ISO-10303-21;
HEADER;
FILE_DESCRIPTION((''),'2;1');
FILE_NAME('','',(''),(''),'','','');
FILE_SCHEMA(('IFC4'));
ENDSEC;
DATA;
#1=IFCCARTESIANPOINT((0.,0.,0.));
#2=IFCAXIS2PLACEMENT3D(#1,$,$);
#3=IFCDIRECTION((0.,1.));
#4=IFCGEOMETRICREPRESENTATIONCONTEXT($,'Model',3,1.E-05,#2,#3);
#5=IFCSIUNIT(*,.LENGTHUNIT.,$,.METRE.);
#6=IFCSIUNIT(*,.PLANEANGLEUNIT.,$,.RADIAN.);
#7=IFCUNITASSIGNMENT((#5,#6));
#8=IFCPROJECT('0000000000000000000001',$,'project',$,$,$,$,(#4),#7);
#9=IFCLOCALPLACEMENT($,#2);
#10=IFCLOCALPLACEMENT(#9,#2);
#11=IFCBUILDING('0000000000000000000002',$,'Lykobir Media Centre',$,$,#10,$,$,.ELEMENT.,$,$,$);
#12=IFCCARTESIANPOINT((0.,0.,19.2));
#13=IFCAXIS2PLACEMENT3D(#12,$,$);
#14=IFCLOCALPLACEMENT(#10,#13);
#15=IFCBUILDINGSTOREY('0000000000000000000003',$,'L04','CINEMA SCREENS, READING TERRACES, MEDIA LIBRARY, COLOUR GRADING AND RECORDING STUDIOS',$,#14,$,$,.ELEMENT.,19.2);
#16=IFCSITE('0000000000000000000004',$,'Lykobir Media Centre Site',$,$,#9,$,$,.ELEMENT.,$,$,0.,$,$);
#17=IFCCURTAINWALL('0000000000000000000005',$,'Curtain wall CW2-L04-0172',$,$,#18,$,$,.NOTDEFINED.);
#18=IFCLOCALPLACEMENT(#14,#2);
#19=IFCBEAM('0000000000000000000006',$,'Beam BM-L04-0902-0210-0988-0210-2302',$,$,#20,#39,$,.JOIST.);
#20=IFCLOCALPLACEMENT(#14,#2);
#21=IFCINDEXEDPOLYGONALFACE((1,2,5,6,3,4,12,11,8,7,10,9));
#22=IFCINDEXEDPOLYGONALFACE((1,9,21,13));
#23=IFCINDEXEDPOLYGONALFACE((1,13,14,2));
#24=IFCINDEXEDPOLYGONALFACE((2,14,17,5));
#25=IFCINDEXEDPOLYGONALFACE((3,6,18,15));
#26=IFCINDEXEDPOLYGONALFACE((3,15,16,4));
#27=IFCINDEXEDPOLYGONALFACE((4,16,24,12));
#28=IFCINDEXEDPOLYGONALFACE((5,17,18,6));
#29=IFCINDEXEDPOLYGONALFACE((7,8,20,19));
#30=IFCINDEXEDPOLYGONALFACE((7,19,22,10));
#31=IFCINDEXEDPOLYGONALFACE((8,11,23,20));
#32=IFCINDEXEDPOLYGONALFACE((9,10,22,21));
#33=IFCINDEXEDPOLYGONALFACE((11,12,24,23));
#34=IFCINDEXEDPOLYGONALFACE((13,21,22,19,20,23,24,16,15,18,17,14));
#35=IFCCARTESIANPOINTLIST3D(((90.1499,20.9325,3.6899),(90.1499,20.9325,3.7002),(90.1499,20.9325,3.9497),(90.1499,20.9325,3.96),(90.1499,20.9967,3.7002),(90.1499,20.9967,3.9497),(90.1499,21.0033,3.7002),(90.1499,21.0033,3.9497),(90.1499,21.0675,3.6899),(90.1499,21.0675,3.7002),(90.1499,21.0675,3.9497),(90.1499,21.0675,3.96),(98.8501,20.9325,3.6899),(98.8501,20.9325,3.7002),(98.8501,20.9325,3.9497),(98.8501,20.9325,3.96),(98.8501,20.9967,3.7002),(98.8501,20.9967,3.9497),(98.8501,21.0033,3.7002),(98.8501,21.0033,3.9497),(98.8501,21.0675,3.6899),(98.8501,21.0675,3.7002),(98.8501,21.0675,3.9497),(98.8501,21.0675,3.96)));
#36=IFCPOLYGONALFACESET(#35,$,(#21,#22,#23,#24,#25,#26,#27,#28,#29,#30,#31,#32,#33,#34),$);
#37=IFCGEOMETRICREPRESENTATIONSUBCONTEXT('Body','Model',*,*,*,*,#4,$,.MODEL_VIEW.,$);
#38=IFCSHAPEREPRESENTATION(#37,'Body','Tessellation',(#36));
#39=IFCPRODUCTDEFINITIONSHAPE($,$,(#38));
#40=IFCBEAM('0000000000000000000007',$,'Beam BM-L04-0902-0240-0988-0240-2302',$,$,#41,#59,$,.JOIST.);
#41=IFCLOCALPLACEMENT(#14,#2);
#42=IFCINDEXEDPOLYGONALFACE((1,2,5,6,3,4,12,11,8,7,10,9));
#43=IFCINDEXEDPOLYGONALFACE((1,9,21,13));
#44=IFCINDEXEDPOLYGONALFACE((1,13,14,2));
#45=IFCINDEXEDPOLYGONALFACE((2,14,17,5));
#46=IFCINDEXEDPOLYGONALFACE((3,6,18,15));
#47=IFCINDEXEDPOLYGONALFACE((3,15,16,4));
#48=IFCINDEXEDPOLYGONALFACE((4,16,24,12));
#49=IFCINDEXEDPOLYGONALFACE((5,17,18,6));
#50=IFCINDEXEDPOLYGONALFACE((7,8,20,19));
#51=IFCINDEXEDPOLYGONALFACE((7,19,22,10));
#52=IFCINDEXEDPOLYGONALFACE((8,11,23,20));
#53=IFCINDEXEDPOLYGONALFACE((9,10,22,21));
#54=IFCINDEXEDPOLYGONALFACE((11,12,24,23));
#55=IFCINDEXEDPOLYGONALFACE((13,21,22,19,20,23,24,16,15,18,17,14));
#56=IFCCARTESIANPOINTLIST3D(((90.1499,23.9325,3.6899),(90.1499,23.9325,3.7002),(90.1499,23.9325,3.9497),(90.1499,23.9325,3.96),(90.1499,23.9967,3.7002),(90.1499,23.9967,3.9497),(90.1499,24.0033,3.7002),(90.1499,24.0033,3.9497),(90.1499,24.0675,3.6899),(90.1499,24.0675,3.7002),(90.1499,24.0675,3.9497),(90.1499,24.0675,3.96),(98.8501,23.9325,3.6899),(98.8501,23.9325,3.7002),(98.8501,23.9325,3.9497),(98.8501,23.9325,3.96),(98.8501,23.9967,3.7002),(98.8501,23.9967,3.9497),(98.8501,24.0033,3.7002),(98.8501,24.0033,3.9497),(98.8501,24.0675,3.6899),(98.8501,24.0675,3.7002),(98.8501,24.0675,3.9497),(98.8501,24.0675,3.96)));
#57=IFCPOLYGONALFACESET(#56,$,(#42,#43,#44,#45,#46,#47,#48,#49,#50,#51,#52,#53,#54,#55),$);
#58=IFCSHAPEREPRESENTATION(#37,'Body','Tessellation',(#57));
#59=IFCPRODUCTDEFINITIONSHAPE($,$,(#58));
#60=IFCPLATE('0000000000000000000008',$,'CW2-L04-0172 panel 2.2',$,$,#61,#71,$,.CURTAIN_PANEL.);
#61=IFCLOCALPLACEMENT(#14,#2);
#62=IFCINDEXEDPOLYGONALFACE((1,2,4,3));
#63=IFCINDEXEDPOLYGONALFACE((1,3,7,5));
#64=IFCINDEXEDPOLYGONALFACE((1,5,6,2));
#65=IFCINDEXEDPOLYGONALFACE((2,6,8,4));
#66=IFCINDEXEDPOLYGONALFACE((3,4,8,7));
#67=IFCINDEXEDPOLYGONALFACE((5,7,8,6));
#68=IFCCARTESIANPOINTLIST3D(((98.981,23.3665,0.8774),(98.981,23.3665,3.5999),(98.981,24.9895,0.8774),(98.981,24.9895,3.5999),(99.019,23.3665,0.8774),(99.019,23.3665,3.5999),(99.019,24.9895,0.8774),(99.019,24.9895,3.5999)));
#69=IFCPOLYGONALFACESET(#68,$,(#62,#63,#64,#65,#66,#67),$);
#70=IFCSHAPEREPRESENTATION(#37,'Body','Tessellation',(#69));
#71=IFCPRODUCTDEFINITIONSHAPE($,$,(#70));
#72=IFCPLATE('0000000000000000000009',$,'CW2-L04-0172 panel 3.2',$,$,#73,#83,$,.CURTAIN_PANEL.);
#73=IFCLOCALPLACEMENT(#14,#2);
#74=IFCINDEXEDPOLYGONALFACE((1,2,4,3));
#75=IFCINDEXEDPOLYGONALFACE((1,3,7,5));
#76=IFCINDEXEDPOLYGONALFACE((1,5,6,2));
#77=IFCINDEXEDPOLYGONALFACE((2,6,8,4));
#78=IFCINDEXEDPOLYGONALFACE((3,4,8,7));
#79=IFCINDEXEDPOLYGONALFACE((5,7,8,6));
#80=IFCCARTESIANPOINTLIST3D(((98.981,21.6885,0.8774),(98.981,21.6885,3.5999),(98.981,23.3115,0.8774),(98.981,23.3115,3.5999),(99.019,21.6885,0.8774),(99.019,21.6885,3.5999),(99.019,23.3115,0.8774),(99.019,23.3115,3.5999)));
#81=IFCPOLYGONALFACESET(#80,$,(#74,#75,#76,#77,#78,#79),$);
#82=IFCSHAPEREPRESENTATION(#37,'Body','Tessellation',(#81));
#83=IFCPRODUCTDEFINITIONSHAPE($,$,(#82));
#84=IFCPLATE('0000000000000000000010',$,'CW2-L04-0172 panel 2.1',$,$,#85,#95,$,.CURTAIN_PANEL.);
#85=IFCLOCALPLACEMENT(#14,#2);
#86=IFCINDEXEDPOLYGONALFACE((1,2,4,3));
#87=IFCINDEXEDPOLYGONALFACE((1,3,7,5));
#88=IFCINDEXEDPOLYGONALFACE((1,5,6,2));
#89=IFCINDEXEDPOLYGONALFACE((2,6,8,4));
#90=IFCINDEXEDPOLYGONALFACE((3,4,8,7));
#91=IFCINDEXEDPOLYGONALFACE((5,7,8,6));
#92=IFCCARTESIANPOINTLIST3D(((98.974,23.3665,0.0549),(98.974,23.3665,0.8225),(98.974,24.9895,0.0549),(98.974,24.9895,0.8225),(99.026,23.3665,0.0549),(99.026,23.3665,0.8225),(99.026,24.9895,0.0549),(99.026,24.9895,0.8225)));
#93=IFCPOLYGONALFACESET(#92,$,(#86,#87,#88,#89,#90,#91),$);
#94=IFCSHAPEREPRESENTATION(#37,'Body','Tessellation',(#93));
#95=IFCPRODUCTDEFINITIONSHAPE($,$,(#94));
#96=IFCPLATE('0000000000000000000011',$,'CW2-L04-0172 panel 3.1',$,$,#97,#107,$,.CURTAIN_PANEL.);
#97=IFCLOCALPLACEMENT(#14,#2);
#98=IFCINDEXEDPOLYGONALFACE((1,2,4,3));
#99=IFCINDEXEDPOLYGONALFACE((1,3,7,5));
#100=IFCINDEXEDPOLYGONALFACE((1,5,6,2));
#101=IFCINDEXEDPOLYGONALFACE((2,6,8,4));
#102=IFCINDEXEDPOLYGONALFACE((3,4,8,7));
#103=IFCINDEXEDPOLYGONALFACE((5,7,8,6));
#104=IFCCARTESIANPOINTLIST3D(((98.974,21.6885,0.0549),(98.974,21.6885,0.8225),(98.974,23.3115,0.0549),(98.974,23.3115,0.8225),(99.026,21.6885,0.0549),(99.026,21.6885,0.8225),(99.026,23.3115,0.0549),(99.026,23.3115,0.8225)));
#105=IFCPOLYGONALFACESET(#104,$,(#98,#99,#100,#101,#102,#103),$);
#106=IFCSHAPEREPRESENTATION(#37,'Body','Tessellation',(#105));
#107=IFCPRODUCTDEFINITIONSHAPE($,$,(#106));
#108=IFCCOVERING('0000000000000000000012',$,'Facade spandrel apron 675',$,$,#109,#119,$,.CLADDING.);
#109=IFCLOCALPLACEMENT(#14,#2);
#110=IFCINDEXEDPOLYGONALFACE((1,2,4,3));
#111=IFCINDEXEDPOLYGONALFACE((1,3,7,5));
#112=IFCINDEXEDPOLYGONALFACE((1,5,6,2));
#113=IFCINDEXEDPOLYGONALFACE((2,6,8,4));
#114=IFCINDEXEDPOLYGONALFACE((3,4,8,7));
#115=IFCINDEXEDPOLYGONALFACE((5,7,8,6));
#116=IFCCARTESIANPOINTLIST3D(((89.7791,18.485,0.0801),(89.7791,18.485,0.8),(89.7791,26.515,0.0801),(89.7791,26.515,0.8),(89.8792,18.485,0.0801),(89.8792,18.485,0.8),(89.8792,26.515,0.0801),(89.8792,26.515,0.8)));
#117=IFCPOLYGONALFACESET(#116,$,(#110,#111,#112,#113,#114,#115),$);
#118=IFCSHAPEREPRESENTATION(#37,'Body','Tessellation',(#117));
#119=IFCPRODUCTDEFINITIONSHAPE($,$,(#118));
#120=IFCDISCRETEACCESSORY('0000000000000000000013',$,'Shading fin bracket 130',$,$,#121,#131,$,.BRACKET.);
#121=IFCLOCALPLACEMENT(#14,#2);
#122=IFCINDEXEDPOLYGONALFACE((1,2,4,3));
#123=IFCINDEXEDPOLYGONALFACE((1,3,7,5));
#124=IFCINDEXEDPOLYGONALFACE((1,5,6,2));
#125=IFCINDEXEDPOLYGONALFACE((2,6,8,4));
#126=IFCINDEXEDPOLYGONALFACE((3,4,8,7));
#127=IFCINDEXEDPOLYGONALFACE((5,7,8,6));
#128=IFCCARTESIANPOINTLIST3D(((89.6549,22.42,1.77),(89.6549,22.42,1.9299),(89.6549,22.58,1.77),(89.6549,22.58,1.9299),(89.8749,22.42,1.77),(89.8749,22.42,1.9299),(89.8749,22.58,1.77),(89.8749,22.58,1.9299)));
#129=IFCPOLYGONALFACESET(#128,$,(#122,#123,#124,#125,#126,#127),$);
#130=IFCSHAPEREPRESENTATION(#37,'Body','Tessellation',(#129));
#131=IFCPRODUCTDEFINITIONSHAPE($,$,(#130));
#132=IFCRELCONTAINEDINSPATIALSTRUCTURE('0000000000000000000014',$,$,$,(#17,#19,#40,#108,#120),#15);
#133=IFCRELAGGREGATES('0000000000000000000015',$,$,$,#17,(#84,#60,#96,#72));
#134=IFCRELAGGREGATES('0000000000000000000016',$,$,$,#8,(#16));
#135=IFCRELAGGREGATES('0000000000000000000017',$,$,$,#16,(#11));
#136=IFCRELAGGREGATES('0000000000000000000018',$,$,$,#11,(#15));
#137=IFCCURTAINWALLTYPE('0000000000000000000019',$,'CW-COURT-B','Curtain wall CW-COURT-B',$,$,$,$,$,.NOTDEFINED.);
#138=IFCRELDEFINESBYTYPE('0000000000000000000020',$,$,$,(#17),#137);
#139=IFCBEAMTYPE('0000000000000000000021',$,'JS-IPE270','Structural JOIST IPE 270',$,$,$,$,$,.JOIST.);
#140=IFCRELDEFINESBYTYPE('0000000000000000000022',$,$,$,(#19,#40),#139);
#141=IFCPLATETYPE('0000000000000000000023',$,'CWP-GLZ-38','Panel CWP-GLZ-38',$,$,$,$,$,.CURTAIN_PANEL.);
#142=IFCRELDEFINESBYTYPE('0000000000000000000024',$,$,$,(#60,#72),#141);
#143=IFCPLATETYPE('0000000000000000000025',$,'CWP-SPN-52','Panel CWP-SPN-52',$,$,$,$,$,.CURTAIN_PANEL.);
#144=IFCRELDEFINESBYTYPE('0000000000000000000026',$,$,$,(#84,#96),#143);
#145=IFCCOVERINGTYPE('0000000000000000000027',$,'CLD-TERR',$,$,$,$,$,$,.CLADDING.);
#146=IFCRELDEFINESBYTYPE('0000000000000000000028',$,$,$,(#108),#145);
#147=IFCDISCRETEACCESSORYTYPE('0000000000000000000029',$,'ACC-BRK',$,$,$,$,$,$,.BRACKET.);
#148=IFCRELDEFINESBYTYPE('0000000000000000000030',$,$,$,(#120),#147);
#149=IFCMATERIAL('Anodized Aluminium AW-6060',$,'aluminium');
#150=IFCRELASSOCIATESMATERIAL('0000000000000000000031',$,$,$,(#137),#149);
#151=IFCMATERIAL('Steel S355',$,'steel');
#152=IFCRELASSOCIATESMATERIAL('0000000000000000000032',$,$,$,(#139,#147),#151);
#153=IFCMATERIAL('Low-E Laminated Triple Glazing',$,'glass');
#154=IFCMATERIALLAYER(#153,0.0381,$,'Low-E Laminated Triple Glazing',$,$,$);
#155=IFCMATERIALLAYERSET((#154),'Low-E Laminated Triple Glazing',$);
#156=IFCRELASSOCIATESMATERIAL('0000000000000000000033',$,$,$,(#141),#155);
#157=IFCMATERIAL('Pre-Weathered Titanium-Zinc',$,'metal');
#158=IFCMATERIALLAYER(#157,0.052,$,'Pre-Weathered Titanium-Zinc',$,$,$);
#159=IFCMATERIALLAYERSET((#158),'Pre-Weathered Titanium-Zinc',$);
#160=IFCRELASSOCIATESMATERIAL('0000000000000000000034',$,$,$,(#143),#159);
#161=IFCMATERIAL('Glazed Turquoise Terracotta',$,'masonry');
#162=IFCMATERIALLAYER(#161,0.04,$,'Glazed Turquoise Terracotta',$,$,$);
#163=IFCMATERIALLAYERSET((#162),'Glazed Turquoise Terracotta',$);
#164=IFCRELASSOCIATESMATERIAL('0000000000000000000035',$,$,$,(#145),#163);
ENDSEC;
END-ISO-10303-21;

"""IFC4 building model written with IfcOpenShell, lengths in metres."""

from ifc_helpers import new_model, si_unit, direction, frame, origin, origin_2d, place, context, subcontext, project, spatial, rectangle, i_section, extrude, material, layer, layer_set, material_profile, profile_set, type_object, element, aggregate, save


model = new_model("IFC4")

# Units and contexts
model_context = context("Model", 3, precision=1e-05, world=origin(), true_north=direction((0.0, 1.0)))
body_context = subcontext(model_context, "Body", "Model", "MODEL_VIEW")
ifc_project = project(units=[si_unit("LENGTHUNIT", "METRE"), si_unit("PLANEANGLEUNIT", "RADIAN")], contexts=[model_context])

# Site, building, storey
site_placement = place(None, origin())
site = spatial("IfcSite", under=ifc_project, at=site_placement, Name="Lykobir Media Centre Site", CompositionType="ELEMENT", RefElevation=0.0)
building_placement = place(site_placement, origin())
building = spatial("IfcBuilding", under=site, at=building_placement, Name="Lykobir Media Centre", CompositionType="ELEMENT")
storey_placement = place(building_placement, frame((0.0, 0.0, 19.2)))
storey = spatial("IfcBuildingStorey", under=building, at=storey_placement, Name="L04", Description="CINEMA SCREENS, READING TERRACES, MEDIA LIBRARY, COLOUR GRADING AND RECORDING STUDIOS", CompositionType="ELEMENT", Elevation=19.2)

# Curtain wall
ifc_material_1 = material(Name="Anodized Aluminium AW-6060", Category="aluminium")
curtain_wall_type = type_object("IfcCurtainWallType", Name="CW-COURT-B", Description="Curtain wall CW-COURT-B", PredefinedType="NOTDEFINED", material=ifc_material_1)
curtain_wall_placement = place(storey_placement, origin())
curtain_wall = element("IfcCurtainWall", 1, at=curtain_wall_placement, inside=storey, type_object=curtain_wall_type, Name="Curtain wall CW2-L04-0172", PredefinedType="NOTDEFINED")

# Beams
ifc_material_2 = material(Name="Steel S355", Category="steel")
ifc_material_profile_1 = material_profile(ifc_material_2, i_section(OverallWidth=0.135, OverallDepth=0.27, WebThickness=0.0066, FlangeThickness=0.0103, at=origin_2d()), Name="IPE 270")
ifc_profile_set_1 = profile_set([ifc_material_profile_1], Name="Steel S355")
beam_type = type_object("IfcBeamType", Name="JS-IPE270", Description="Structural JOIST IPE 270", PredefinedType="JOIST", material=ifc_profile_set_1)
for number, where, z_axis, x_axis, name in (
    (2, (90.1499, 21.0, 3.825), (1.0, 0.0, 0.0), (0.0, 1.0, 0.0), "Beam BM-L04-0902-0210-0988-0210-2302"),
    (3, (90.1499, 24.0, 3.825), (1.0, 0.0, 0.0), (0.0, 1.0, 0.0), "Beam BM-L04-0902-0240-0988-0240-2302"),
):
    element("IfcBeam", number, at=place(storey_placement, frame(where, z_axis=z_axis, x_axis=x_axis)), inside=storey, type_object=beam_type, Name=name, PredefinedType="JOIST", context=body_context, shape_type="SweptSolid", body=[
        extrude(i_section(OverallWidth=0.135, OverallDepth=0.27, WebThickness=0.0066, FlangeThickness=0.0103, at=origin_2d()), origin(), (0.0, 0.0, 1.0), 8.7002),
    ])

# Plates
ifc_material_3 = material(Name="Low-E Laminated Triple Glazing", Category="glass")
ifc_layer_1 = layer(ifc_material_3, 0.0381, Name="Low-E Laminated Triple Glazing")
ifc_layer_set_1 = layer_set([ifc_layer_1], Name="Low-E Laminated Triple Glazing")
plate_type_1 = type_object("IfcPlateType", Name="CWP-GLZ-38", Description="Panel CWP-GLZ-38", PredefinedType="CURTAIN_PANEL", material=ifc_layer_set_1)
plate_1_placement = place(storey_placement, frame((99.0, 24.178, 0.8774), z_axis=(0.0, 0.0, 1.0), x_axis=(0.0, -1.0, 0.0)))
plate_1 = element("IfcPlate", 4, at=plate_1_placement, type_object=plate_type_1, Name="CW2-L04-0172 panel 2.2", PredefinedType="CURTAIN_PANEL", context=body_context, shape_type="SweptSolid", body=[
    extrude(rectangle(XDim=1.623, YDim=0.0381, at=origin_2d()), origin(), (0.0, 0.0, 1.0), 2.7224),
])
plate_2_placement = place(storey_placement, frame((99.0, 22.5, 0.8774), z_axis=(0.0, 0.0, 1.0), x_axis=(0.0, -1.0, 0.0)))
plate_2 = element("IfcPlate", 5, at=plate_2_placement, type_object=plate_type_1, Name="CW2-L04-0172 panel 3.2", PredefinedType="CURTAIN_PANEL", context=body_context, shape_type="SweptSolid", body=[
    extrude(rectangle(XDim=1.623, YDim=0.0381, at=origin_2d()), origin(), (0.0, 0.0, 1.0), 2.7224),
])
ifc_material_4 = material(Name="Pre-Weathered Titanium-Zinc", Category="metal")
ifc_layer_2 = layer(ifc_material_4, 0.052, Name="Pre-Weathered Titanium-Zinc")
ifc_layer_set_2 = layer_set([ifc_layer_2], Name="Pre-Weathered Titanium-Zinc")
plate_type_2 = type_object("IfcPlateType", Name="CWP-SPN-52", Description="Panel CWP-SPN-52", PredefinedType="CURTAIN_PANEL", material=ifc_layer_set_2)
plate_3_placement = place(storey_placement, frame((99.0, 24.178, 0.0549), z_axis=(0.0, 0.0, 1.0), x_axis=(0.0, -1.0, 0.0)))
plate_3 = element("IfcPlate", 6, at=plate_3_placement, type_object=plate_type_2, Name="CW2-L04-0172 panel 2.1", PredefinedType="CURTAIN_PANEL", context=body_context, shape_type="SweptSolid", body=[
    extrude(rectangle(XDim=1.623, YDim=0.052, at=origin_2d()), origin(), (0.0, 0.0, 1.0), 0.7676),
])
plate_4_placement = place(storey_placement, frame((99.0, 22.5, 0.0549), z_axis=(0.0, 0.0, 1.0), x_axis=(0.0, -1.0, 0.0)))
plate_4 = element("IfcPlate", 7, at=plate_4_placement, type_object=plate_type_2, Name="CW2-L04-0172 panel 3.1", PredefinedType="CURTAIN_PANEL", context=body_context, shape_type="SweptSolid", body=[
    extrude(rectangle(XDim=1.623, YDim=0.052, at=origin_2d()), origin(), (0.0, 0.0, 1.0), 0.7676),
])
aggregate(curtain_wall, [plate_3, plate_1, plate_4, plate_2])

# Covering
ifc_material_5 = material(Name="Glazed Turquoise Terracotta", Category="masonry")
ifc_layer_3 = layer(ifc_material_5, 0.04, Name="Glazed Turquoise Terracotta")
ifc_layer_set_3 = layer_set([ifc_layer_3], Name="Glazed Turquoise Terracotta")
covering_type = type_object("IfcCoveringType", Name="CLD-TERR", PredefinedType="CLADDING", material=ifc_layer_set_3)
covering_placement = place(storey_placement, frame((89.8291, 22.5, 0.0801), z_axis=(0.0, 0.0, 1.0), x_axis=(0.0, -1.0, 0.0)))
element("IfcCovering", 8, at=covering_placement, inside=storey, type_object=covering_type, Name="Facade spandrel apron 675", PredefinedType="CLADDING", context=body_context, shape_type="SweptSolid", body=[
    extrude(rectangle(XDim=8.03, YDim=0.1001, at=origin_2d()), origin(), (0.0, 0.0, 1.0), 0.72),
])

# Discrete accessory
discrete_accessory_type = type_object("IfcDiscreteAccessoryType", Name="ACC-BRK", PredefinedType="BRACKET", material=ifc_material_2)
discrete_accessory_placement = place(storey_placement, frame((89.7649, 22.5, 1.77), z_axis=(0.0, 0.0, 1.0), x_axis=(0.0, -1.0, 0.0)))
element("IfcDiscreteAccessory", 9, at=discrete_accessory_placement, inside=storey, type_object=discrete_accessory_type, Name="Shading fin bracket 130", PredefinedType="BRACKET", context=body_context, shape_type="SweptSolid", body=[
    extrude(rectangle(XDim=0.1599, YDim=0.22, at=origin_2d()), origin(), (0.0, 0.0, 1.0), 0.1599),
])

save(model, "model.ifc")
